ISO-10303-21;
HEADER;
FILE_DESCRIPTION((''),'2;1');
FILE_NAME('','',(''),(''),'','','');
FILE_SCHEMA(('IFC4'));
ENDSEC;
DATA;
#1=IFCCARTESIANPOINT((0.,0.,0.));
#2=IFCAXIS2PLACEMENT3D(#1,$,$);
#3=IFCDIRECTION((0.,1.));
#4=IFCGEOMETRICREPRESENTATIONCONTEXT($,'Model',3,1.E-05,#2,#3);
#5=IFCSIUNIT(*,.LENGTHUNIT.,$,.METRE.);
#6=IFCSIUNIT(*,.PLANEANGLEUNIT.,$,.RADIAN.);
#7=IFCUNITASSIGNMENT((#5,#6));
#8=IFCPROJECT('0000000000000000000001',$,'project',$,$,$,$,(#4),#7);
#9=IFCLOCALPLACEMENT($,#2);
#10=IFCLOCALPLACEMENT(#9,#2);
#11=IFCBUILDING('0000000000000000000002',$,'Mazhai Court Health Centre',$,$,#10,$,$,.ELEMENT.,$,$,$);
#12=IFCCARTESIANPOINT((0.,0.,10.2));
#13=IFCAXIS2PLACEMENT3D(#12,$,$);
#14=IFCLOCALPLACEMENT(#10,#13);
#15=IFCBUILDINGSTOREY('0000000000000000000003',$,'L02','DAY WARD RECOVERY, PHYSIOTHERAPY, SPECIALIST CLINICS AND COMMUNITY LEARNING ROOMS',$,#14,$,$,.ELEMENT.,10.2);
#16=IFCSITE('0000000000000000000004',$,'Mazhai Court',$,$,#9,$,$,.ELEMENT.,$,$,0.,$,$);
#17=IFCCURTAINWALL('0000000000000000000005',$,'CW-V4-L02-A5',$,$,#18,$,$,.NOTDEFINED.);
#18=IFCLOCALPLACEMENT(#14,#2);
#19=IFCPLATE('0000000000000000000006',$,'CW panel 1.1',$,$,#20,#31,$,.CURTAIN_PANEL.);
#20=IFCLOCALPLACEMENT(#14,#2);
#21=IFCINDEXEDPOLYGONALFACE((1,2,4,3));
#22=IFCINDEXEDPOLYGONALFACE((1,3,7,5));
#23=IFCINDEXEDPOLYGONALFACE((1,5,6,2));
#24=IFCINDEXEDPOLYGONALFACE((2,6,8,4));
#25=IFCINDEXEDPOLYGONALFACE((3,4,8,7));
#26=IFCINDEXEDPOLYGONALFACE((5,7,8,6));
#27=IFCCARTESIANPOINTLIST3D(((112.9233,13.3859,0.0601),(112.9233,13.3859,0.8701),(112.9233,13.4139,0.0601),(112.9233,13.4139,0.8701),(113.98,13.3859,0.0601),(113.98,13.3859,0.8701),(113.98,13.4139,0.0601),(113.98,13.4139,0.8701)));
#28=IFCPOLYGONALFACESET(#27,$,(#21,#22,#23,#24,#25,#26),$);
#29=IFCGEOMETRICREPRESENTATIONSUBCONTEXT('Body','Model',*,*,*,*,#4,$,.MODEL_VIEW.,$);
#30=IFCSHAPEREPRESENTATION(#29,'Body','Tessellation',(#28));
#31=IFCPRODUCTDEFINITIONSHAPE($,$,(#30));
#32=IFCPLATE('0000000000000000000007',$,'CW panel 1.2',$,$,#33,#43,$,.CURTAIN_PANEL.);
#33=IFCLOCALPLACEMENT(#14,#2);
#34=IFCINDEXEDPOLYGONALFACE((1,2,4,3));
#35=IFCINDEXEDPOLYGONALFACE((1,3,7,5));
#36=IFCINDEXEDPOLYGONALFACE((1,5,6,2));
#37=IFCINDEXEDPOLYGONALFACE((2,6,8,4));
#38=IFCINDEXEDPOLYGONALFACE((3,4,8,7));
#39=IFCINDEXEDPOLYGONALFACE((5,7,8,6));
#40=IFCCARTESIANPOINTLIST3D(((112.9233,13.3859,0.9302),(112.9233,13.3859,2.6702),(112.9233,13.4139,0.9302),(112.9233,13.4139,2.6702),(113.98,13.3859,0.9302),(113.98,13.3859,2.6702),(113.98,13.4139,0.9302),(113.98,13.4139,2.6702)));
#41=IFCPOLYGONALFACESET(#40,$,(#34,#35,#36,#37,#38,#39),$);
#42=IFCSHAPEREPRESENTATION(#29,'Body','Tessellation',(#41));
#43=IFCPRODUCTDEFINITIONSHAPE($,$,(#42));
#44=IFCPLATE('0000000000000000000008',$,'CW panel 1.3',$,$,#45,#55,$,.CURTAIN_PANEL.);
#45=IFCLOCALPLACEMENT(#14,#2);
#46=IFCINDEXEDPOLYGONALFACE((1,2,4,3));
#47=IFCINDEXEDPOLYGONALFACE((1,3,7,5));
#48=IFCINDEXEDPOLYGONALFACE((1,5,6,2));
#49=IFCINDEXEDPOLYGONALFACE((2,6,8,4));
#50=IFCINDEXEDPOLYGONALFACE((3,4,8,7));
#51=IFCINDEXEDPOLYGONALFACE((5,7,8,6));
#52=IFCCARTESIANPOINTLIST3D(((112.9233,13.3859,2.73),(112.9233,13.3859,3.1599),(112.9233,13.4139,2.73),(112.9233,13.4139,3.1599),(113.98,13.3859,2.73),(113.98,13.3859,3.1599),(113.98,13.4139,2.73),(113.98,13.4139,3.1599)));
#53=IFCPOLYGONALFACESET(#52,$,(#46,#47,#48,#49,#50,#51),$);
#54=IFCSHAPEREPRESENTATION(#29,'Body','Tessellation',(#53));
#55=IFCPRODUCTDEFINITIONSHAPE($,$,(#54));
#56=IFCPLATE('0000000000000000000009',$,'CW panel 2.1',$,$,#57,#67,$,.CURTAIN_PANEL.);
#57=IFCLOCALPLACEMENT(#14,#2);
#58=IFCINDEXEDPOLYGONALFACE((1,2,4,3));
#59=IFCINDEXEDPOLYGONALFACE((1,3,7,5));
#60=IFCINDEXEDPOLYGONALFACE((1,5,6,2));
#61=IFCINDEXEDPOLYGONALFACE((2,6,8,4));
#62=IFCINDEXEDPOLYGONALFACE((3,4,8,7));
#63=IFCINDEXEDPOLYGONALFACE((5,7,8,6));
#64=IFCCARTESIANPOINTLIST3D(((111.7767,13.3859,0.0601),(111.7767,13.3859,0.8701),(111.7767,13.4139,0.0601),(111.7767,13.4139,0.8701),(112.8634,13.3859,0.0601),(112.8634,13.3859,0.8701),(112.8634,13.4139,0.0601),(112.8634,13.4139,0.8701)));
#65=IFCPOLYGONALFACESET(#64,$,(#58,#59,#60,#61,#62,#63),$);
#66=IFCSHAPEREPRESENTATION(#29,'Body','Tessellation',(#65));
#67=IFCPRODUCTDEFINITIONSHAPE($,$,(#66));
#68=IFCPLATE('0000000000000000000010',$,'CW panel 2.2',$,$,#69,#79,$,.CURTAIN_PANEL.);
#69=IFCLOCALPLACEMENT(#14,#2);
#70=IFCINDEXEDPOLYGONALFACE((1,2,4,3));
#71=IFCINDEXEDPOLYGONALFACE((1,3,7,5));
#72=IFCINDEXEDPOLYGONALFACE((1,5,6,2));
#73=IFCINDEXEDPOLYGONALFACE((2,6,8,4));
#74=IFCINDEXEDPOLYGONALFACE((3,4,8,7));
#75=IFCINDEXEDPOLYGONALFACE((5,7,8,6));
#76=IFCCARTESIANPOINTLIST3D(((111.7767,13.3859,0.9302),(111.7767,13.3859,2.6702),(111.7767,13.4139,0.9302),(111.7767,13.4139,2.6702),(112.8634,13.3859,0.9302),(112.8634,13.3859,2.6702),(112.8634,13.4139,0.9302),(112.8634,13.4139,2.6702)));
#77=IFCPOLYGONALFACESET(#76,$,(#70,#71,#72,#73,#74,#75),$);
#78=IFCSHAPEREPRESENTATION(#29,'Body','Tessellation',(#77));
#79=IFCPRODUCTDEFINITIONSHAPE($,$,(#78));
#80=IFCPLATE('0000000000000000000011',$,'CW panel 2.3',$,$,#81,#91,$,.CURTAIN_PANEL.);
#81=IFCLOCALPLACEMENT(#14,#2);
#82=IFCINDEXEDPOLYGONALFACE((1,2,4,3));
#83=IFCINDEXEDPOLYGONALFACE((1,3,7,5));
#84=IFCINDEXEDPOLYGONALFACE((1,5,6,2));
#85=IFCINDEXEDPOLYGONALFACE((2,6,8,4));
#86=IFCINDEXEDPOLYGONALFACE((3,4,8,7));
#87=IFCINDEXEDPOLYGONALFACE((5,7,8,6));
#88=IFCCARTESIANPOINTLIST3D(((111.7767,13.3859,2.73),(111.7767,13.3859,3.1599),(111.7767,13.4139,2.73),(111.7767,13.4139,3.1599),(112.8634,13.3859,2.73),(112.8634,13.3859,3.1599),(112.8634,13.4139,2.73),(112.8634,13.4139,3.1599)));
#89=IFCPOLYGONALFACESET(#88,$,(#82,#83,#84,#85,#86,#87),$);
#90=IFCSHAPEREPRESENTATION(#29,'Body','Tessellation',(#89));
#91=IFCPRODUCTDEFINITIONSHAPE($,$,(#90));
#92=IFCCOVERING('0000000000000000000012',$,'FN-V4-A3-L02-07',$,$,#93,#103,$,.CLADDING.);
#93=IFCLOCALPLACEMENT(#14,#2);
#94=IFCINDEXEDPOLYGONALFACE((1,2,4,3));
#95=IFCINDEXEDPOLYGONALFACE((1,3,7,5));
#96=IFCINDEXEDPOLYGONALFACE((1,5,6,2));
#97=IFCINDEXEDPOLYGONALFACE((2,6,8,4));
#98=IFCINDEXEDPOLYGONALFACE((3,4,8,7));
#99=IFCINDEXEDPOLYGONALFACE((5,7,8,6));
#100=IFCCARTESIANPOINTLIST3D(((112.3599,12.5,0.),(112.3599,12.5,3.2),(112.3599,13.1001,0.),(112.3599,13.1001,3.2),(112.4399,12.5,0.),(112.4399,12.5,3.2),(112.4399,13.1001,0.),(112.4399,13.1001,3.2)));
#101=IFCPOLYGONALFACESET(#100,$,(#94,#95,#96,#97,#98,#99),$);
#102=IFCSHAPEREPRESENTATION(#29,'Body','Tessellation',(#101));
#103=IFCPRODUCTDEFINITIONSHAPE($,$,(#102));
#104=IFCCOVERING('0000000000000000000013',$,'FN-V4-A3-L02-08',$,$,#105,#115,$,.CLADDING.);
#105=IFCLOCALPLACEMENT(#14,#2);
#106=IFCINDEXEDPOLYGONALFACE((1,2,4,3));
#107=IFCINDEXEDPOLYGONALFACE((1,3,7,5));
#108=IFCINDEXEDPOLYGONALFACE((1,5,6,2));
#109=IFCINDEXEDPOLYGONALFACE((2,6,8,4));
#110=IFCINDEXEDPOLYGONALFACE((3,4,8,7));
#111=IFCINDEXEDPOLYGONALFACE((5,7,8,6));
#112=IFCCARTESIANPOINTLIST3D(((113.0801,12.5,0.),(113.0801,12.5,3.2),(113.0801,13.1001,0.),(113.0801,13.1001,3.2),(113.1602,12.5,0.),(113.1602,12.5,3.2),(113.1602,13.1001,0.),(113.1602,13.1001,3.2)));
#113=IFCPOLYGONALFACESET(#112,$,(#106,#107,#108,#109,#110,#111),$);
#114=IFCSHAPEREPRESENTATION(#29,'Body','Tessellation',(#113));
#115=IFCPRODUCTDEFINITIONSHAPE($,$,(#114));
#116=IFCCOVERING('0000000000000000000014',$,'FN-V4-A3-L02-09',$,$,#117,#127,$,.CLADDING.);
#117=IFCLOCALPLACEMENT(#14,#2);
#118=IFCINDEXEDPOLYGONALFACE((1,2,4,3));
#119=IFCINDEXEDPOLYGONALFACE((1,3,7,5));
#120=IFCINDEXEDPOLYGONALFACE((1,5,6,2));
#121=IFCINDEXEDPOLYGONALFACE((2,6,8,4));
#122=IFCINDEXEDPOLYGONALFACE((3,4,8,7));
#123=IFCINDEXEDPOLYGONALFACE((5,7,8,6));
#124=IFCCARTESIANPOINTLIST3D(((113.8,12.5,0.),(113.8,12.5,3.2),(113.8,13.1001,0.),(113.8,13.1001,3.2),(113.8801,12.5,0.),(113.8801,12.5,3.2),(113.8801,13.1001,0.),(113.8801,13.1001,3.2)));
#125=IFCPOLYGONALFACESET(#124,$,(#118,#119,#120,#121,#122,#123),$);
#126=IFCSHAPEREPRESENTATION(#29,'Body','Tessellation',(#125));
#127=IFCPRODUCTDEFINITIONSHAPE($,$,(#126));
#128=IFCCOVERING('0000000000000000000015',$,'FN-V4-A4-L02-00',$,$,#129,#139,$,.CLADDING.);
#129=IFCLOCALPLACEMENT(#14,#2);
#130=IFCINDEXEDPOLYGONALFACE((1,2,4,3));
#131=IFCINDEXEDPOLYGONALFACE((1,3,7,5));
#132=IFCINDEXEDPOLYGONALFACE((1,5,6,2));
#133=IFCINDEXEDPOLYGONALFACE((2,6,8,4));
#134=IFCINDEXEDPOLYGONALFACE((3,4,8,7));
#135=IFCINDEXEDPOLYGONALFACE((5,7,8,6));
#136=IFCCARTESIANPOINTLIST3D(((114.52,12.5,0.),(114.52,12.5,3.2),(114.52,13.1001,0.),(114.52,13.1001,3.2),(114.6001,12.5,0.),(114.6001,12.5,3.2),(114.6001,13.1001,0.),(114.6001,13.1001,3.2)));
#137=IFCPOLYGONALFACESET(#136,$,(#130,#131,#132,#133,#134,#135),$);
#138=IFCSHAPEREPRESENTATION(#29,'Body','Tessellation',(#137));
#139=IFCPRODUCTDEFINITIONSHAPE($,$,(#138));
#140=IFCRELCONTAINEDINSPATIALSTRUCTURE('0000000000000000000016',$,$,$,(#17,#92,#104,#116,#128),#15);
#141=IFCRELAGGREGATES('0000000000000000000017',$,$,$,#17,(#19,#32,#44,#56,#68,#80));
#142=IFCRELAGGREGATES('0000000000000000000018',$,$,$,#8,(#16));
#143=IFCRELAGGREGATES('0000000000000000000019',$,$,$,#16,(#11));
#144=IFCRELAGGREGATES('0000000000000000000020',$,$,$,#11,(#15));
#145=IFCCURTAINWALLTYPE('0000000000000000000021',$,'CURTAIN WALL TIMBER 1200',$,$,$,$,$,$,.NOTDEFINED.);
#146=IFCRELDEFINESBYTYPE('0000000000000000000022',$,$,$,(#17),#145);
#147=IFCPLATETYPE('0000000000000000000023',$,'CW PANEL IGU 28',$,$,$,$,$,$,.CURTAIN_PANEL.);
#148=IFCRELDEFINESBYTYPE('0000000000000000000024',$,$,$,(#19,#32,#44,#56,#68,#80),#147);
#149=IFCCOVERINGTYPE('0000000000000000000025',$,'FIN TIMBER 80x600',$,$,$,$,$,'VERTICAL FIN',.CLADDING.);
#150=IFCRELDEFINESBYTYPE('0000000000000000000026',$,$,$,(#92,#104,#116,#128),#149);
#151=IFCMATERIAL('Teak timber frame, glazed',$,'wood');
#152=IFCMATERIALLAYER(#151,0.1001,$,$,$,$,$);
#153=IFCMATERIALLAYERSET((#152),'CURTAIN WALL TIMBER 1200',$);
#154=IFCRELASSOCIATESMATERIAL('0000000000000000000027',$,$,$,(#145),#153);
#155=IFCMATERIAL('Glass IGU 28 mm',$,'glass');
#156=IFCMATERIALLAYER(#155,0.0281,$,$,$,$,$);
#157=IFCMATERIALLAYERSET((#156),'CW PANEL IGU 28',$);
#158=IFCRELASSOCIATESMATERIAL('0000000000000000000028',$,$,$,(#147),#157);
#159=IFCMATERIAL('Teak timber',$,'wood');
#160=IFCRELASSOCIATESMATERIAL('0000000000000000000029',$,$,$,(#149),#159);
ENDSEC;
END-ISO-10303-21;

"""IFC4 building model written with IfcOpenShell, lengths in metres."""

from ifc_helpers import new_model, si_unit, direction, frame, origin, origin_2d, place, context, subcontext, project, spatial, rectangle, extrude, material, layer, layer_set, type_object, element, aggregate, save


model = new_model("IFC4")

# Units and contexts
model_context = context("Model", 3, precision=1e-05, world=origin(), true_north=direction((0.0, 1.0)))
body_context = subcontext(model_context, "Body", "Model", "MODEL_VIEW")
ifc_project = project(units=[si_unit("LENGTHUNIT", "METRE"), si_unit("PLANEANGLEUNIT", "RADIAN")], contexts=[model_context])

# Site, building, storey
site_placement = place(None, origin())
site = spatial("IfcSite", under=ifc_project, at=site_placement, Name="Mazhai Court", CompositionType="ELEMENT", RefElevation=0.0)
building_placement = place(site_placement, origin())
building = spatial("IfcBuilding", under=site, at=building_placement, Name="Mazhai Court Health Centre", CompositionType="ELEMENT")
storey_placement = place(building_placement, frame((0.0, 0.0, 10.2)))
storey = spatial("IfcBuildingStorey", under=building, at=storey_placement, Name="L02", Description="DAY WARD RECOVERY, PHYSIOTHERAPY, SPECIALIST CLINICS AND COMMUNITY LEARNING ROOMS", CompositionType="ELEMENT", Elevation=10.2)

# Curtain wall
ifc_material_1 = material(Name="Teak timber frame, glazed", Category="wood")
ifc_layer_1 = layer(ifc_material_1, 0.1001)
ifc_layer_set_1 = layer_set([ifc_layer_1], Name="CURTAIN WALL TIMBER 1200")
curtain_wall_type = type_object("IfcCurtainWallType", Name="CURTAIN WALL TIMBER 1200", PredefinedType="NOTDEFINED", material=ifc_layer_set_1)
curtain_wall_1_placement = place(storey_placement, origin())
curtain_wall_1 = element("IfcCurtainWall", 1, at=curtain_wall_1_placement, inside=storey, type_object=curtain_wall_type, Name="CW-V4-L02-A5", PredefinedType="NOTDEFINED")

# Plates
ifc_material_2 = material(Name="Glass IGU 28 mm", Category="glass")
ifc_layer_2 = layer(ifc_material_2, 0.0281)
ifc_layer_set_2 = layer_set([ifc_layer_2], Name="CW PANEL IGU 28")
plate_type = type_object("IfcPlateType", Name="CW PANEL IGU 28", PredefinedType="CURTAIN_PANEL", material=ifc_layer_set_2)
plate_1_placement = place(storey_placement, frame((113.4517, 13.3999, 0.0601), z_axis=(0.0, 0.0, 1.0), x_axis=(-1.0, 0.0, 0.0)))
plate_1 = element("IfcPlate", 2, at=plate_1_placement, type_object=plate_type, Name="CW panel 1.1", PredefinedType="CURTAIN_PANEL", context=body_context, shape_type="SweptSolid", body=[
    extrude(rectangle(XDim=1.0566, YDim=0.0281, at=origin_2d()), origin(), (0.0, 0.0, 1.0), 0.8101),
])
plate_2_placement = place(storey_placement, frame((113.4517, 13.3999, 0.9302), z_axis=(0.0, 0.0, 1.0), x_axis=(-1.0, 0.0, 0.0)))
plate_2 = element("IfcPlate", 3, at=plate_2_placement, type_object=plate_type, Name="CW panel 1.2", PredefinedType="CURTAIN_PANEL", context=body_context, shape_type="SweptSolid", body=[
    extrude(rectangle(XDim=1.0566, YDim=0.0281, at=origin_2d()), origin(), (0.0, 0.0, 1.0), 1.74),
])
plate_3_placement = place(storey_placement, frame((113.4517, 13.3999, 2.73), z_axis=(0.0, 0.0, 1.0), x_axis=(-1.0, 0.0, 0.0)))
plate_3 = element("IfcPlate", 4, at=plate_3_placement, type_object=plate_type, Name="CW panel 1.3", PredefinedType="CURTAIN_PANEL", context=body_context, shape_type="SweptSolid", body=[
    extrude(rectangle(XDim=1.0566, YDim=0.0281, at=origin_2d()), origin(), (0.0, 0.0, 1.0), 0.4299),
])
plate_4_placement = place(storey_placement, frame((112.3201, 13.3999, 0.0601), z_axis=(0.0, 0.0, 1.0), x_axis=(-1.0, 0.0, 0.0)))
plate_4 = element("IfcPlate", 5, at=plate_4_placement, type_object=plate_type, Name="CW panel 2.1", PredefinedType="CURTAIN_PANEL", context=body_context, shape_type="SweptSolid", body=[
    extrude(rectangle(XDim=1.0867, YDim=0.0281, at=origin_2d()), origin(), (0.0, 0.0, 1.0), 0.8101),
])
plate_5_placement = place(storey_placement, frame((112.3201, 13.3999, 0.9302), z_axis=(0.0, 0.0, 1.0), x_axis=(-1.0, 0.0, 0.0)))
plate_5 = element("IfcPlate", 6, at=plate_5_placement, type_object=plate_type, Name="CW panel 2.2", PredefinedType="CURTAIN_PANEL", context=body_context, shape_type="SweptSolid", body=[
    extrude(rectangle(XDim=1.0867, YDim=0.0281, at=origin_2d()), origin(), (0.0, 0.0, 1.0), 1.74),
])
plate_6_placement = place(storey_placement, frame((112.3201, 13.3999, 2.73), z_axis=(0.0, 0.0, 1.0), x_axis=(-1.0, 0.0, 0.0)))
plate_6 = element("IfcPlate", 7, at=plate_6_placement, type_object=plate_type, Name="CW panel 2.3", PredefinedType="CURTAIN_PANEL", context=body_context, shape_type="SweptSolid", body=[
    extrude(rectangle(XDim=1.0867, YDim=0.0281, at=origin_2d()), origin(), (0.0, 0.0, 1.0), 0.4299),
])
aggregate(curtain_wall_1, [plate_1, plate_2, plate_3, plate_4, plate_5, plate_6])

# Coverings
ifc_material_3 = material(Name="Teak timber", Category="wood")
covering_type = type_object("IfcCoveringType", Name="FIN TIMBER 80x600", ElementType="VERTICAL FIN", PredefinedType="CLADDING", material=ifc_material_3)
for number, where, z_axis, x_axis, name in (
    (8, (112.3999, 12.8, 0.0), (0.0, 0.0, 1.0), (1.0, 0.0, 0.0), "FN-V4-A3-L02-07"),
    (9, (113.1201, 12.8, 0.0), (0.0, 0.0, 1.0), (1.0, 0.0, 0.0), "FN-V4-A3-L02-08"),
    (10, (113.8401, 12.8, 0.0), (0.0, 0.0, 1.0), (1.0, 0.0, 0.0), "FN-V4-A3-L02-09"),
    (11, (114.5601, 12.8, 0.0), (0.0, 0.0, 1.0), (1.0, 0.0, 0.0), "FN-V4-A4-L02-00"),
):
    element("IfcCovering", number, at=place(storey_placement, frame(where, z_axis=z_axis, x_axis=x_axis)), inside=storey, type_object=covering_type, Name=name, PredefinedType="CLADDING", context=body_context, shape_type="SweptSolid", body=[
        extrude(rectangle(XDim=0.0801, YDim=0.6001, at=origin_2d()), origin(), (0.0, 0.0, 1.0), 3.2),
    ])

save(model, "model.ifc")
